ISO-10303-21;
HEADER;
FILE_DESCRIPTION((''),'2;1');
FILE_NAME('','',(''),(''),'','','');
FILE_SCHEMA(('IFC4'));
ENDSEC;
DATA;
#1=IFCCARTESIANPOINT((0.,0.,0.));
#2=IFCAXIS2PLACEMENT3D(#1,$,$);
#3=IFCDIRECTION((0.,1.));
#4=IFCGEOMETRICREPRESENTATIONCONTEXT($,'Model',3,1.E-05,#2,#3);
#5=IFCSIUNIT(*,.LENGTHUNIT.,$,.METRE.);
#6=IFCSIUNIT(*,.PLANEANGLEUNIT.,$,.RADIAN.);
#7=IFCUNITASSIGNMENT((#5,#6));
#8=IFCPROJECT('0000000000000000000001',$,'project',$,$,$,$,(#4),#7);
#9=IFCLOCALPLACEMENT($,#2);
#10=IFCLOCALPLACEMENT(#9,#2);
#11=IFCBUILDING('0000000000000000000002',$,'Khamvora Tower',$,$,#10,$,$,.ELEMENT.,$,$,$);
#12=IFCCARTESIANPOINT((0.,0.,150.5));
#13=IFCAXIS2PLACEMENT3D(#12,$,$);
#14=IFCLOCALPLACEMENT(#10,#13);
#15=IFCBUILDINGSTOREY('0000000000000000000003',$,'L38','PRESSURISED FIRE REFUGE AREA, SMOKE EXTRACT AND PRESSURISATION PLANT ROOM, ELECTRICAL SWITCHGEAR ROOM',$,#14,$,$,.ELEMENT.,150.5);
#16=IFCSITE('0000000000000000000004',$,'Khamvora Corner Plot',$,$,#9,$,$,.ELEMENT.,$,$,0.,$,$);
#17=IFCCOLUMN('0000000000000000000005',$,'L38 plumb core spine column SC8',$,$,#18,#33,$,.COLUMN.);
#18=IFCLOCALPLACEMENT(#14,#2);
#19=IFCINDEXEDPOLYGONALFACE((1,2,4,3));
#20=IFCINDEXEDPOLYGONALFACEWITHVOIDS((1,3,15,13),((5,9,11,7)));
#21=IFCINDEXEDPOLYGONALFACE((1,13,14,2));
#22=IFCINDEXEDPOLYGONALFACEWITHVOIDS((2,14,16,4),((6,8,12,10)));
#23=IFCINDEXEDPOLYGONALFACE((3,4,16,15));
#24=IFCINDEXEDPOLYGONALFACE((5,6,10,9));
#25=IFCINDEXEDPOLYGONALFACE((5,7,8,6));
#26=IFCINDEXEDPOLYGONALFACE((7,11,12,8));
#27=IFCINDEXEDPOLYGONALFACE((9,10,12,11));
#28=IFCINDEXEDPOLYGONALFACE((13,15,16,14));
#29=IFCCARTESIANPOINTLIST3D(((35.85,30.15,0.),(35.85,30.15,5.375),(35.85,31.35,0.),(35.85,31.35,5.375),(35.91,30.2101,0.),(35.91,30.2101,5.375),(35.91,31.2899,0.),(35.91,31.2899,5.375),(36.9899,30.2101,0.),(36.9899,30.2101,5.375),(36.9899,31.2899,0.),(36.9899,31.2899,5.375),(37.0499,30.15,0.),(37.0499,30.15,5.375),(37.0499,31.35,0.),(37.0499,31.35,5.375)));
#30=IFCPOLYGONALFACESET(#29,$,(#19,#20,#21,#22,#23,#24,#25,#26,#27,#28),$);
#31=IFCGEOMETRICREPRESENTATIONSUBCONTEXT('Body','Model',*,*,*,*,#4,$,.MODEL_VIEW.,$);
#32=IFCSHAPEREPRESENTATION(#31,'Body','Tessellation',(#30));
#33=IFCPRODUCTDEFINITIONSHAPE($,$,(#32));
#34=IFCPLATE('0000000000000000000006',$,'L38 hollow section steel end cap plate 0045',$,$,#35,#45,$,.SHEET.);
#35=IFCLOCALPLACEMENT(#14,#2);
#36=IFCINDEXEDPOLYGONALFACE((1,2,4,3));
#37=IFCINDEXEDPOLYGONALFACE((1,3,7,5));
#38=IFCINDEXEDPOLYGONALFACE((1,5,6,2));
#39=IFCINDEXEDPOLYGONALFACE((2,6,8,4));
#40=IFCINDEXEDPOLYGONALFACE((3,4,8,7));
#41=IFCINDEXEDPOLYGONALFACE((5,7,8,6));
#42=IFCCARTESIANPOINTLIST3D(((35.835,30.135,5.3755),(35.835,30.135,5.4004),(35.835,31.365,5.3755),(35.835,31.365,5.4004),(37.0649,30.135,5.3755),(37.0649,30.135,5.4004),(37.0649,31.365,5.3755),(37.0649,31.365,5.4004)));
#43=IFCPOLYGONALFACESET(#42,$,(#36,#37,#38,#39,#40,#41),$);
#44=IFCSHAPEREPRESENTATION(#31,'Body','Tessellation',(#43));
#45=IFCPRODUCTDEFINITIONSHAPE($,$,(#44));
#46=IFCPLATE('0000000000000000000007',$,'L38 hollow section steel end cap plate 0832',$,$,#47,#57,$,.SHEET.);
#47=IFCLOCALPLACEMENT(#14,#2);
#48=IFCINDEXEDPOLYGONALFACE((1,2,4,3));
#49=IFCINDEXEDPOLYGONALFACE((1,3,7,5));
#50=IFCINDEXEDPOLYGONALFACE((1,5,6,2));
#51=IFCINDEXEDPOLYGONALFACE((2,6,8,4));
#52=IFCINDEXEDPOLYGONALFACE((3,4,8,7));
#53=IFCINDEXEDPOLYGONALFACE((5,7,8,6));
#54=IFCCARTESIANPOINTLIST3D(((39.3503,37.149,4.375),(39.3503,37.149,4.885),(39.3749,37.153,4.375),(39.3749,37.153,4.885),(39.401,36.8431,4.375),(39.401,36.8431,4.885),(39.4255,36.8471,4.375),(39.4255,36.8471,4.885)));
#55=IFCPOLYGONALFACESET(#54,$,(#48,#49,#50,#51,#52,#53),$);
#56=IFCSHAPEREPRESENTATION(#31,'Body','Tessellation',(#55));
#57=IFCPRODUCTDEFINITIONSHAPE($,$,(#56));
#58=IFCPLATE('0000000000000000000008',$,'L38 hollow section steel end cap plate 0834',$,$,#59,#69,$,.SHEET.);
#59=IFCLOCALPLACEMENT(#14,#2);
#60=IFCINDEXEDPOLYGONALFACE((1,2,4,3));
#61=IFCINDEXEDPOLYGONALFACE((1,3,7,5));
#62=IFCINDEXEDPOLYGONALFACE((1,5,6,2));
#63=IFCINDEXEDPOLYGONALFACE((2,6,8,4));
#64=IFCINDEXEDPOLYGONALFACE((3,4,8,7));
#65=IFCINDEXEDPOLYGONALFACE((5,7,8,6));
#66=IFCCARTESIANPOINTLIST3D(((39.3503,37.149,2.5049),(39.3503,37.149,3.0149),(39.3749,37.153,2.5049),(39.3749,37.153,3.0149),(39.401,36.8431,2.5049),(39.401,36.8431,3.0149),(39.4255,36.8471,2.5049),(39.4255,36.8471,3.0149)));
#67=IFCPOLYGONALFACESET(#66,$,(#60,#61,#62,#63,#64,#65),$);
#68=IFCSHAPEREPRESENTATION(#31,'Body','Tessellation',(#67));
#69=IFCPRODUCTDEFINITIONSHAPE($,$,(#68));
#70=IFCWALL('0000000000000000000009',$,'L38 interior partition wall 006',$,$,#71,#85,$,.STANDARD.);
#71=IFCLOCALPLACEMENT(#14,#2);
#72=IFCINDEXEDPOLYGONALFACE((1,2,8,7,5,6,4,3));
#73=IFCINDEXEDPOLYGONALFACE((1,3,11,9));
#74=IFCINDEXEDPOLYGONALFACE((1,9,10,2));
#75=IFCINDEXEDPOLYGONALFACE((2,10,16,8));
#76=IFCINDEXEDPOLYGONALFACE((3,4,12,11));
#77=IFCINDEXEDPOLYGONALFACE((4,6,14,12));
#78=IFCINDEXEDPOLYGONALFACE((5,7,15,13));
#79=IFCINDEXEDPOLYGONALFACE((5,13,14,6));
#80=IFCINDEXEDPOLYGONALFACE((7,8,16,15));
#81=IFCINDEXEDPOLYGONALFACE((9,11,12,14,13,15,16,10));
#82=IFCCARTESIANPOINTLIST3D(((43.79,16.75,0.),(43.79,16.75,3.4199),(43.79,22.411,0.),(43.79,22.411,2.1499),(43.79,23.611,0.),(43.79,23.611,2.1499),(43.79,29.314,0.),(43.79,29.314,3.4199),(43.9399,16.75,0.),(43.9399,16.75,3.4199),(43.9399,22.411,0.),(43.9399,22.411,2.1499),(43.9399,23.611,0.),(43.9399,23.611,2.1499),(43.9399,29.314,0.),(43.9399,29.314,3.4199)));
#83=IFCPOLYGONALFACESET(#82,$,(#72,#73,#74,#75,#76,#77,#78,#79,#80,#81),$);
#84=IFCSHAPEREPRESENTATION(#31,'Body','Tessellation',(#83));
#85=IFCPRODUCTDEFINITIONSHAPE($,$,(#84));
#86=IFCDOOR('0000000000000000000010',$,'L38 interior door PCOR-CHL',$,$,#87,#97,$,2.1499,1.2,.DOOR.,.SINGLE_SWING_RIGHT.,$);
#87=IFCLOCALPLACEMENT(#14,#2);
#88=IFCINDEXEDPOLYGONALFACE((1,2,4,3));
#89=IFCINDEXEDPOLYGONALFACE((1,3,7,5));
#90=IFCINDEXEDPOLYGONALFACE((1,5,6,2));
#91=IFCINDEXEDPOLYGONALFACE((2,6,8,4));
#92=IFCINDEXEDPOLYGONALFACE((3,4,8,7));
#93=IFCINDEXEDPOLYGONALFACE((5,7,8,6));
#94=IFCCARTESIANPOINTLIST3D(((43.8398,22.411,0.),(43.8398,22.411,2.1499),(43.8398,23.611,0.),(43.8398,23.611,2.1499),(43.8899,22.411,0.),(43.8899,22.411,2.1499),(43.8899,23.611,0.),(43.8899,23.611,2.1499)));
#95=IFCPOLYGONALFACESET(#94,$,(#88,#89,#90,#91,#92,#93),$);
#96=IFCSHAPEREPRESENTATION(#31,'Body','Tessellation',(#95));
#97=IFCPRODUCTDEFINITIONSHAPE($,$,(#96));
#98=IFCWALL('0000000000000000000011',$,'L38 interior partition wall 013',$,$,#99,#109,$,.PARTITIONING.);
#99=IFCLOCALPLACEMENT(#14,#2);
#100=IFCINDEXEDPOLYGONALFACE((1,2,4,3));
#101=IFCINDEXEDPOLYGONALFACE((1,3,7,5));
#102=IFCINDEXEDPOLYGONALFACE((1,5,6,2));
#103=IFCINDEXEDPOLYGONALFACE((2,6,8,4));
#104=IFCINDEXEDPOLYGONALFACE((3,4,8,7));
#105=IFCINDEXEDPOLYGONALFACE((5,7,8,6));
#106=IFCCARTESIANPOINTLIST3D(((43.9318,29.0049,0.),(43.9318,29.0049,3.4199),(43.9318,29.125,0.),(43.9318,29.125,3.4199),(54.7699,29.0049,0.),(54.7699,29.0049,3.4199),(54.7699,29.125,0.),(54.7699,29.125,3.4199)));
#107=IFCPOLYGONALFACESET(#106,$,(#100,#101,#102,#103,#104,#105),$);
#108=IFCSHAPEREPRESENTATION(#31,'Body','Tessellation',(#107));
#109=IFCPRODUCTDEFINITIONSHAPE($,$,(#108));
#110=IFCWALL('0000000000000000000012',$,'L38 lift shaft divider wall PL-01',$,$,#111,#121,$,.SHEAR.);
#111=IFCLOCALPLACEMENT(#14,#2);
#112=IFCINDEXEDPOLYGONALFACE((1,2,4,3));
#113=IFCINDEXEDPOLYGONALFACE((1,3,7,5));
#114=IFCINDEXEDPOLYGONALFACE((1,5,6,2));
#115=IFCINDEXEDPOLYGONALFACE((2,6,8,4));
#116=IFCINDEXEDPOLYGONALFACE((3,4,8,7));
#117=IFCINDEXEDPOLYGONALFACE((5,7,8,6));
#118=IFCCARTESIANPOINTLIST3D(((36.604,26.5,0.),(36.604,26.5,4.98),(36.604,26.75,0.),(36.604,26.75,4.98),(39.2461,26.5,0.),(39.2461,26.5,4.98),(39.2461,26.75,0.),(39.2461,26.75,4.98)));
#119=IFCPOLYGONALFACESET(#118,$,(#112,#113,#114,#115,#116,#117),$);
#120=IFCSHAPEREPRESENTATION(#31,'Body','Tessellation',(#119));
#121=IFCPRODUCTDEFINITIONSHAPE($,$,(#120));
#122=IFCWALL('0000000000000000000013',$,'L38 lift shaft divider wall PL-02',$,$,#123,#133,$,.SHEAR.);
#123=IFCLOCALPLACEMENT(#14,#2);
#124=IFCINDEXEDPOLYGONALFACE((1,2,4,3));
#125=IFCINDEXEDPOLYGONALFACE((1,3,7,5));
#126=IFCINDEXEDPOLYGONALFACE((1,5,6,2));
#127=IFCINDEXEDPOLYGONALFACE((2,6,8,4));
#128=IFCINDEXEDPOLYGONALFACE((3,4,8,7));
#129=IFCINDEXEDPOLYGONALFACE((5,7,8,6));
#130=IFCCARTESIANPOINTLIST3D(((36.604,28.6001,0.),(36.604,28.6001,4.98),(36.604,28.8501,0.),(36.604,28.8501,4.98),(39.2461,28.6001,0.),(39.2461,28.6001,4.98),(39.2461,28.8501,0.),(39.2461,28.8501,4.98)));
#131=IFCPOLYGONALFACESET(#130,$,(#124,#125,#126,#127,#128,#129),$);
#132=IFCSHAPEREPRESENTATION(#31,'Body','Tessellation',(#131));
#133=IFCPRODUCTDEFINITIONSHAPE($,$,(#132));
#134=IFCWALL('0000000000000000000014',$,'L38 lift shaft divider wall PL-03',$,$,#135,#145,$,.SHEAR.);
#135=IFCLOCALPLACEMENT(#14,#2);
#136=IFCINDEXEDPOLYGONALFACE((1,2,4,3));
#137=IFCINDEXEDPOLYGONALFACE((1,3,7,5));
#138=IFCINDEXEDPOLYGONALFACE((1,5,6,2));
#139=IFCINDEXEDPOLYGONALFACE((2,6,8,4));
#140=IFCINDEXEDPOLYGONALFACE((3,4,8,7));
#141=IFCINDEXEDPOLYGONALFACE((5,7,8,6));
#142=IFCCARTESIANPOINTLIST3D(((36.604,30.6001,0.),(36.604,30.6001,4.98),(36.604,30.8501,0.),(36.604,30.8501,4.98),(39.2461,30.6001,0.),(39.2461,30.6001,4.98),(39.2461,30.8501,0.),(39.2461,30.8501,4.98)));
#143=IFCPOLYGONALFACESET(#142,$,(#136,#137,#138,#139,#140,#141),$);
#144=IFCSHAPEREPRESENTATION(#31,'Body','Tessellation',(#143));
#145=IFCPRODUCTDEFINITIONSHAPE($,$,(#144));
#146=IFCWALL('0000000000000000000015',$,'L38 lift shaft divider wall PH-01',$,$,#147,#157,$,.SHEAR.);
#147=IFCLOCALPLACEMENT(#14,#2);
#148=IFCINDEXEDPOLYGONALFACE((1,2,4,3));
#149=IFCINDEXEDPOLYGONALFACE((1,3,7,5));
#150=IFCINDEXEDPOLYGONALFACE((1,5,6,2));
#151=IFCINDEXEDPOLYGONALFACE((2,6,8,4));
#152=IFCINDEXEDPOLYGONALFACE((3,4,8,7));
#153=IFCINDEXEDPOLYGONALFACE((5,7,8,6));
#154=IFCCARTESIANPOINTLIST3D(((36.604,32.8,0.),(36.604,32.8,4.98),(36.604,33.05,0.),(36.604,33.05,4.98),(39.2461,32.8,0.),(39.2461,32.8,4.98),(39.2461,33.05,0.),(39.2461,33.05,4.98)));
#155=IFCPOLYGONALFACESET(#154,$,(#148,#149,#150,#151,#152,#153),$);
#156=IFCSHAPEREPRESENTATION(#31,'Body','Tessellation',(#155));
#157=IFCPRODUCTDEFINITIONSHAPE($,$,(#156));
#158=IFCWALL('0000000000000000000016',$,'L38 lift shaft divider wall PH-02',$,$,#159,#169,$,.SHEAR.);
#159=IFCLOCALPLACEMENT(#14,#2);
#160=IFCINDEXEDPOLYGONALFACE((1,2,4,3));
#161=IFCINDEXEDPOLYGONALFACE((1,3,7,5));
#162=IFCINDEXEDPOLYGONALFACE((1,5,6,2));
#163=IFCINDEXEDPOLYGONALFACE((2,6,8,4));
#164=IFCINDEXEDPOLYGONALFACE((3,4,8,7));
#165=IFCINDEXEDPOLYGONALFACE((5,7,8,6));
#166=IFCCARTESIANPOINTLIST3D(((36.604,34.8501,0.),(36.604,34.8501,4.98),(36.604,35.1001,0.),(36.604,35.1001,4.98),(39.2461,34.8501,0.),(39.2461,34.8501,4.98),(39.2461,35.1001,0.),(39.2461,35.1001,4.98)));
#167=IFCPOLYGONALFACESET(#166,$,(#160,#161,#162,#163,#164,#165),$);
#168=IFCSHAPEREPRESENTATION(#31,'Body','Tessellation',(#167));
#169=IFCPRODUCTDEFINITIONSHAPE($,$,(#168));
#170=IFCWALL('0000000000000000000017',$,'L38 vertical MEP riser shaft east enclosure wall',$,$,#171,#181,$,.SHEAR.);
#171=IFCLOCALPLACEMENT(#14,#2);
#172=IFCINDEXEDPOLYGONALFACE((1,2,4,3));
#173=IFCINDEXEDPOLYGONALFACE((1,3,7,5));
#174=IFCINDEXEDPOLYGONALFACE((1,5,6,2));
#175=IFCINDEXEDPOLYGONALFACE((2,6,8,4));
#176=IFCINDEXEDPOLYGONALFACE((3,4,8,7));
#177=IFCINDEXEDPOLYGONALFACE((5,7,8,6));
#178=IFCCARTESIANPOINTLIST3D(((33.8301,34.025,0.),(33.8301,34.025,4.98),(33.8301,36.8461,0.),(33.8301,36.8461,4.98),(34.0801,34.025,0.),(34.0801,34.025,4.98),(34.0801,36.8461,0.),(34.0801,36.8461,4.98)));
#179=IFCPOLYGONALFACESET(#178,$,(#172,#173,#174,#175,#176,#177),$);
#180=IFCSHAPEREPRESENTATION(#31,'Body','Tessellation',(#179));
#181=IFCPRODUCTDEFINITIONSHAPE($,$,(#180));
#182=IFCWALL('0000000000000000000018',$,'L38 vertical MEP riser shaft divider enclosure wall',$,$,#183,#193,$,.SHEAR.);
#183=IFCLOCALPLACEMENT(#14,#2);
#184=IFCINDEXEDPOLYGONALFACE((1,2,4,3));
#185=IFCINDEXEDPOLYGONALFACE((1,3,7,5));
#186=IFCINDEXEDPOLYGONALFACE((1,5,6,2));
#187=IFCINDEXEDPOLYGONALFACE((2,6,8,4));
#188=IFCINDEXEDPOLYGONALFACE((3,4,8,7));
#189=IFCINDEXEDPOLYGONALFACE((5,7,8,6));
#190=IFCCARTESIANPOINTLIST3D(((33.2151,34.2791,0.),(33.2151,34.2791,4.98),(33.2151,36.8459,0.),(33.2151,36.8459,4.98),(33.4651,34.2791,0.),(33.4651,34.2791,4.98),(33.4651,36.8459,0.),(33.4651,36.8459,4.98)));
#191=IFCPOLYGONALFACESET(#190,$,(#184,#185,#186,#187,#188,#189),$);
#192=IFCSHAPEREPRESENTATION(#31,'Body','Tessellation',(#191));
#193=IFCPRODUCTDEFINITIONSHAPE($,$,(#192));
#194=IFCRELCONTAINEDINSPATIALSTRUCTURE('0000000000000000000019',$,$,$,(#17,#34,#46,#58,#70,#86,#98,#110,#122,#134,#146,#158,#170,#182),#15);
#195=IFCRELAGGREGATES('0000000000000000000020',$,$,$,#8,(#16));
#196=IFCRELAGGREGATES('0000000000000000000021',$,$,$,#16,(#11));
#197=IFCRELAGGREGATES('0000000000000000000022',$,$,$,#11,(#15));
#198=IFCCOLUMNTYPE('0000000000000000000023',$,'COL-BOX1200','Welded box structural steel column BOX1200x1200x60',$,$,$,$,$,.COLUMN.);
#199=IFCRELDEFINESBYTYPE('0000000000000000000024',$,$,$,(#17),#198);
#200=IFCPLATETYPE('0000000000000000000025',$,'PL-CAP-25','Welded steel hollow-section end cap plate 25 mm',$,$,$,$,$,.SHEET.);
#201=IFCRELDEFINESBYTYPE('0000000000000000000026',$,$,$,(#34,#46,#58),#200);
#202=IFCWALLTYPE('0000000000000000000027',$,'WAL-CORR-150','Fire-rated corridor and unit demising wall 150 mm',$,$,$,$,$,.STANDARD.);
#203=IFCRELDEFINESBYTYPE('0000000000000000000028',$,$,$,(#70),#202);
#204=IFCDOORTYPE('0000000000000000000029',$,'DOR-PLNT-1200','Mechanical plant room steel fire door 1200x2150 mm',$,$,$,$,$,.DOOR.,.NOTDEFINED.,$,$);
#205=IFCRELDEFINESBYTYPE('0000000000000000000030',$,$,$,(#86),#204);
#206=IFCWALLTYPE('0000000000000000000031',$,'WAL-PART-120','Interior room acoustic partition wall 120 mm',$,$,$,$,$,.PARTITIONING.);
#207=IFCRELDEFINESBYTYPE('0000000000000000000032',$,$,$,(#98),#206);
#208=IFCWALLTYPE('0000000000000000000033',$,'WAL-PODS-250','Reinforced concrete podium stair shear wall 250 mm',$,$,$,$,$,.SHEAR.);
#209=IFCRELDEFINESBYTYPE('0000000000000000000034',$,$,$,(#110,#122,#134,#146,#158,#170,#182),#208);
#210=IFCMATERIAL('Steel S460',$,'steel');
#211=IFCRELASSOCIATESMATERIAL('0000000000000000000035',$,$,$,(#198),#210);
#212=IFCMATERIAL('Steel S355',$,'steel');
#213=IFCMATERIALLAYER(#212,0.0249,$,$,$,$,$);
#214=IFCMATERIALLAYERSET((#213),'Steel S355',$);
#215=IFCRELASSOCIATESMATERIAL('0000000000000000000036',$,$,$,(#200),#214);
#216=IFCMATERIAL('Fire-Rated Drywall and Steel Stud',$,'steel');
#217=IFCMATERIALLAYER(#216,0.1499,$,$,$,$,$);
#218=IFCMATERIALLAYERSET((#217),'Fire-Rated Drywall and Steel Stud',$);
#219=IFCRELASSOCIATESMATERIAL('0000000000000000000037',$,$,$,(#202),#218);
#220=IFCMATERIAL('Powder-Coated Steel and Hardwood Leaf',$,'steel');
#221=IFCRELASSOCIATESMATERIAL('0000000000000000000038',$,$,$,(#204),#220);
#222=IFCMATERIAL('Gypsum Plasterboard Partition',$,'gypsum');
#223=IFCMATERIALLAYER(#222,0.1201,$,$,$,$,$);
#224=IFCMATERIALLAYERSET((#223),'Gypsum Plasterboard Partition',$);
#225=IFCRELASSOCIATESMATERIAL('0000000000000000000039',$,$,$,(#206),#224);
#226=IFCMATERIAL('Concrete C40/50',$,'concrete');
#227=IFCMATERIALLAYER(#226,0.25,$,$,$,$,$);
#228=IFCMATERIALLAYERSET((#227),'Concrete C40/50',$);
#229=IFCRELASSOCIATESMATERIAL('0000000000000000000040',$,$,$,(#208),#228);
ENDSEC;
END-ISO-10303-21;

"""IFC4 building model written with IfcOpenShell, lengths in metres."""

from ifc_helpers import new_model, si_unit, direction, frame, frame_2d, origin, origin_2d, place, context, subcontext, project, spatial, rectangle, hollow_rectangle, extrude, material, layer, layer_set, material_profile, profile_set, type_object, element, fill, save


model = new_model("IFC4")

# Units and contexts
model_context = context("Model", 3, precision=1e-05, world=origin(), true_north=direction((0.0, 1.0)))
body_context = subcontext(model_context, "Body", "Model", "MODEL_VIEW")
ifc_project = project(units=[si_unit("LENGTHUNIT", "METRE"), si_unit("PLANEANGLEUNIT", "RADIAN")], contexts=[model_context])

# Site, building, storey
site_placement = place(None, origin())
site = spatial("IfcSite", under=ifc_project, at=site_placement, Name="Khamvora Corner Plot", CompositionType="ELEMENT", RefElevation=0.0)
building_placement = place(site_placement, origin())
building = spatial("IfcBuilding", under=site, at=building_placement, Name="Khamvora Tower", CompositionType="ELEMENT")
storey_placement = place(building_placement, frame((0.0, 0.0, 150.5)))
storey = spatial("IfcBuildingStorey", under=building, at=storey_placement, Name="L38", Description="PRESSURISED FIRE REFUGE AREA, SMOKE EXTRACT AND PRESSURISATION PLANT ROOM, ELECTRICAL SWITCHGEAR ROOM", CompositionType="ELEMENT", Elevation=150.5)

# Column
ifc_material_1 = material(Name="Steel S460", Category="steel")
ifc_material_profile = material_profile(ifc_material_1, hollow_rectangle(XDim=1.2, YDim=1.2, WallThickness=0.0601, at=origin_2d()), Name="BOX1200x1200x60")
ifc_profile_set = profile_set([ifc_material_profile], Name="Steel S460")
column_type = type_object("IfcColumnType", Name="COL-BOX1200", Description="Welded box structural steel column BOX1200x1200x60", PredefinedType="COLUMN", material=ifc_profile_set)
column_placement = place(storey_placement, frame((36.45, 30.75, 0.0), z_axis=(0.0, 0.0, 1.0), x_axis=(1.0, 0.0, 0.0)))
element("IfcColumn", 1, at=column_placement, inside=storey, type_object=column_type, Name="L38 plumb core spine column SC8", PredefinedType="COLUMN", context=body_context, shape_type="SweptSolid", body=[
    extrude(hollow_rectangle(XDim=1.2, YDim=1.2, WallThickness=0.0601, at=origin_2d()), origin(), (0.0, 0.0, 1.0), 5.375),
])

# Plates
ifc_material_2 = material(Name="Steel S355", Category="steel")
ifc_layer_1 = layer(ifc_material_2, 0.0249)
ifc_layer_set_1 = layer_set([ifc_layer_1], Name="Steel S355")
plate_type = type_object("IfcPlateType", Name="PL-CAP-25", Description="Welded steel hollow-section end cap plate 25 mm", PredefinedType="SHEET", material=ifc_layer_set_1)
plate_placement = place(storey_placement, frame((36.45, 30.75, 5.3755), z_axis=(0.0, 0.0, 1.0), x_axis=(1.0, 0.0, 0.0)))
element("IfcPlate", 2, at=plate_placement, inside=storey, type_object=plate_type, Name="L38 hollow section steel end cap plate 0045", PredefinedType="SHEET", context=body_context, shape_type="SweptSolid", body=[
    extrude(rectangle(XDim=1.23, YDim=1.23, at=origin_2d()), origin(), (0.0, 0.0, 1.0), 0.0249),
])
for number, where, z_axis, x_axis, name in (
    (3, (39.3879, 36.998, 4.375), (0.0, 0.0, 1.0), (0.986578, 0.163292, 0.0), "L38 hollow section steel end cap plate 0832"),
    (4, (39.3879, 36.998, 2.5049), (0.0, 0.0, 1.0), (0.986578, 0.163292, 0.0), "L38 hollow section steel end cap plate 0834"),
):
    element("IfcPlate", number, at=place(storey_placement, frame(where, z_axis=z_axis, x_axis=x_axis)), inside=storey, type_object=plate_type, Name=name, PredefinedType="SHEET", context=body_context, shape_type="SweptSolid", body=[
        extrude(rectangle(XDim=0.0249, YDim=0.3101, at=origin_2d()), origin(), (0.0, 0.0, 1.0), 0.51),
    ])

# Shared definitions
ifc_material_3 = material(Name="Powder-Coated Steel and Hardwood Leaf", Category="steel")

# Wall, opening, door
ifc_material_4 = material(Name="Fire-Rated Drywall and Steel Stud", Category="steel")
ifc_layer_2 = layer(ifc_material_4, 0.1499)
ifc_layer_set_2 = layer_set([ifc_layer_2], Name="Fire-Rated Drywall and Steel Stud")
wall_type_1 = type_object("IfcWallType", Name="WAL-CORR-150", Description="Fire-rated corridor and unit demising wall 150 mm", PredefinedType="STANDARD", material=ifc_layer_set_2)
door_type_1 = type_object("IfcDoorType", Name="DOR-PLNT-1200", Description="Mechanical plant room steel fire door 1200x2150 mm", OperationType="NOTDEFINED", PredefinedType="DOOR", material=ifc_material_3)
wall_1_placement = place(storey_placement, frame((43.865, 29.314, 0.0), z_axis=(0.0, 0.0, 1.0), x_axis=(0.0, -1.0, 0.0)))
wall_1 = element("IfcWall", 5, at=wall_1_placement, inside=storey, type_object=wall_type_1, Name="L38 interior partition wall 006", PredefinedType="STANDARD", context=body_context, shape_type="SweptSolid", body=[
    extrude(rectangle(XDim=12.564, YDim=0.1499, at=frame_2d((6.282, 0.0))), origin(), (0.0, 0.0, 1.0), 3.4199),
])
opening_1_placement = place(wall_1_placement, frame((5.7029, 0.0, 0.0)))
opening_1 = element("IfcOpeningElement", 6, at=opening_1_placement, cuts=wall_1, PredefinedType="OPENING", context=body_context, shape_type="SweptSolid", body=[
    extrude(rectangle(XDim=1.2, YDim=2.1499, at=frame_2d((0.6001, 1.075))), frame((0.0, 0.085, 0.0), z_axis=(0.0, -1.0, 0.0), x_axis=(1.0, 0.0, 0.0)), (0.0, 0.0, 1.0), 0.1699),
])
door_1_placement = place(opening_1_placement, origin())
door_1 = element("IfcDoor", 7, at=door_1_placement, inside=storey, type_object=door_type_1, Name="L38 interior door PCOR-CHL", OperationType="SINGLE_SWING_RIGHT", OverallHeight=2.1499, OverallWidth=1.2, PredefinedType="DOOR", context=body_context, shape_type="SweptSolid", body=[
    extrude(rectangle(XDim=1.2, YDim=2.1499, at=frame_2d((0.6001, 1.075))), frame((0.0, 0.0249, 0.0), z_axis=(0.0, -1.0, 0.0), x_axis=(1.0, 0.0, 0.0)), (0.0, 0.0, 1.0), 0.05),
])
fill(opening_1, door_1)

# Walls
ifc_material_5 = material(Name="Gypsum Plasterboard Partition", Category="gypsum")
ifc_layer_3 = layer(ifc_material_5, 0.1201)
ifc_layer_set_3 = layer_set([ifc_layer_3], Name="Gypsum Plasterboard Partition")
wall_type_2 = type_object("IfcWallType", Name="WAL-PART-120", Description="Interior room acoustic partition wall 120 mm", PredefinedType="PARTITIONING", material=ifc_layer_set_3)
wall_2_placement = place(storey_placement, frame((43.9319, 29.0649, 0.0), z_axis=(0.0, 0.0, 1.0), x_axis=(1.0, 0.0, 0.0)))
element("IfcWall", 8, at=wall_2_placement, inside=storey, type_object=wall_type_2, Name="L38 interior partition wall 013", PredefinedType="PARTITIONING", context=body_context, shape_type="SweptSolid", body=[
    extrude(rectangle(XDim=10.8381, YDim=0.1201, at=frame_2d((5.4189, 0.0))), origin(), (0.0, 0.0, 1.0), 3.4199),
])
ifc_material_6 = material(Name="Concrete C40/50", Category="concrete")
ifc_layer_4 = layer(ifc_material_6, 0.25)
ifc_layer_set_4 = layer_set([ifc_layer_4], Name="Concrete C40/50")
wall_type_3 = type_object("IfcWallType", Name="WAL-PODS-250", Description="Reinforced concrete podium stair shear wall 250 mm", PredefinedType="SHEAR", material=ifc_layer_set_4)
for number, where, z_axis, x_axis, name in (
    (9, (36.604, 26.625, 0.0), (0.0, 0.0, 1.0), (1.0, 0.0, 0.0), "L38 lift shaft divider wall PL-01"),
    (10, (36.604, 28.7251, 0.0), (0.0, 0.0, 1.0), (1.0, 0.0, 0.0), "L38 lift shaft divider wall PL-02"),
    (11, (36.604, 30.7251, 0.0), (0.0, 0.0, 1.0), (1.0, 0.0, 0.0), "L38 lift shaft divider wall PL-03"),
    (12, (36.604, 32.925, 0.0), (0.0, 0.0, 1.0), (1.0, 0.0, 0.0), "L38 lift shaft divider wall PH-01"),
    (13, (36.604, 34.9751, 0.0), (0.0, 0.0, 1.0), (1.0, 0.0, 0.0), "L38 lift shaft divider wall PH-02"),
):
    element("IfcWall", number, at=place(storey_placement, frame(where, z_axis=z_axis, x_axis=x_axis)), inside=storey, type_object=wall_type_3, Name=name, PredefinedType="SHEAR", context=body_context, shape_type="SweptSolid", body=[
        extrude(rectangle(XDim=2.6421, YDim=0.25, at=frame_2d((1.321, 0.0))), origin(), (0.0, 0.0, 1.0), 4.98),
    ])
wall_3_placement = place(storey_placement, frame((33.9551, 34.0249, 0.0), z_axis=(0.0, 0.0, 1.0), x_axis=(0.0, 1.0, 0.0)))
element("IfcWall", 14, at=wall_3_placement, inside=storey, type_object=wall_type_3, Name="L38 vertical MEP riser shaft east enclosure wall", PredefinedType="SHEAR", context=body_context, shape_type="SweptSolid", body=[
    extrude(rectangle(XDim=2.821, YDim=0.25, at=frame_2d((1.4106, 0.0))), origin(), (0.0, 0.0, 1.0), 4.98),
])
wall_4_placement = place(storey_placement, frame((33.3401, 34.2791, 0.0), z_axis=(0.0, 0.0, 1.0), x_axis=(0.0, 1.0, 0.0)))
element("IfcWall", 15, at=wall_4_placement, inside=storey, type_object=wall_type_3, Name="L38 vertical MEP riser shaft divider enclosure wall", PredefinedType="SHEAR", context=body_context, shape_type="SweptSolid", body=[
    extrude(rectangle(XDim=2.5669, YDim=0.25, at=frame_2d((1.2834, 0.0))), origin(), (0.0, 0.0, 1.0), 4.98),
])

save(model, "model.ifc")
